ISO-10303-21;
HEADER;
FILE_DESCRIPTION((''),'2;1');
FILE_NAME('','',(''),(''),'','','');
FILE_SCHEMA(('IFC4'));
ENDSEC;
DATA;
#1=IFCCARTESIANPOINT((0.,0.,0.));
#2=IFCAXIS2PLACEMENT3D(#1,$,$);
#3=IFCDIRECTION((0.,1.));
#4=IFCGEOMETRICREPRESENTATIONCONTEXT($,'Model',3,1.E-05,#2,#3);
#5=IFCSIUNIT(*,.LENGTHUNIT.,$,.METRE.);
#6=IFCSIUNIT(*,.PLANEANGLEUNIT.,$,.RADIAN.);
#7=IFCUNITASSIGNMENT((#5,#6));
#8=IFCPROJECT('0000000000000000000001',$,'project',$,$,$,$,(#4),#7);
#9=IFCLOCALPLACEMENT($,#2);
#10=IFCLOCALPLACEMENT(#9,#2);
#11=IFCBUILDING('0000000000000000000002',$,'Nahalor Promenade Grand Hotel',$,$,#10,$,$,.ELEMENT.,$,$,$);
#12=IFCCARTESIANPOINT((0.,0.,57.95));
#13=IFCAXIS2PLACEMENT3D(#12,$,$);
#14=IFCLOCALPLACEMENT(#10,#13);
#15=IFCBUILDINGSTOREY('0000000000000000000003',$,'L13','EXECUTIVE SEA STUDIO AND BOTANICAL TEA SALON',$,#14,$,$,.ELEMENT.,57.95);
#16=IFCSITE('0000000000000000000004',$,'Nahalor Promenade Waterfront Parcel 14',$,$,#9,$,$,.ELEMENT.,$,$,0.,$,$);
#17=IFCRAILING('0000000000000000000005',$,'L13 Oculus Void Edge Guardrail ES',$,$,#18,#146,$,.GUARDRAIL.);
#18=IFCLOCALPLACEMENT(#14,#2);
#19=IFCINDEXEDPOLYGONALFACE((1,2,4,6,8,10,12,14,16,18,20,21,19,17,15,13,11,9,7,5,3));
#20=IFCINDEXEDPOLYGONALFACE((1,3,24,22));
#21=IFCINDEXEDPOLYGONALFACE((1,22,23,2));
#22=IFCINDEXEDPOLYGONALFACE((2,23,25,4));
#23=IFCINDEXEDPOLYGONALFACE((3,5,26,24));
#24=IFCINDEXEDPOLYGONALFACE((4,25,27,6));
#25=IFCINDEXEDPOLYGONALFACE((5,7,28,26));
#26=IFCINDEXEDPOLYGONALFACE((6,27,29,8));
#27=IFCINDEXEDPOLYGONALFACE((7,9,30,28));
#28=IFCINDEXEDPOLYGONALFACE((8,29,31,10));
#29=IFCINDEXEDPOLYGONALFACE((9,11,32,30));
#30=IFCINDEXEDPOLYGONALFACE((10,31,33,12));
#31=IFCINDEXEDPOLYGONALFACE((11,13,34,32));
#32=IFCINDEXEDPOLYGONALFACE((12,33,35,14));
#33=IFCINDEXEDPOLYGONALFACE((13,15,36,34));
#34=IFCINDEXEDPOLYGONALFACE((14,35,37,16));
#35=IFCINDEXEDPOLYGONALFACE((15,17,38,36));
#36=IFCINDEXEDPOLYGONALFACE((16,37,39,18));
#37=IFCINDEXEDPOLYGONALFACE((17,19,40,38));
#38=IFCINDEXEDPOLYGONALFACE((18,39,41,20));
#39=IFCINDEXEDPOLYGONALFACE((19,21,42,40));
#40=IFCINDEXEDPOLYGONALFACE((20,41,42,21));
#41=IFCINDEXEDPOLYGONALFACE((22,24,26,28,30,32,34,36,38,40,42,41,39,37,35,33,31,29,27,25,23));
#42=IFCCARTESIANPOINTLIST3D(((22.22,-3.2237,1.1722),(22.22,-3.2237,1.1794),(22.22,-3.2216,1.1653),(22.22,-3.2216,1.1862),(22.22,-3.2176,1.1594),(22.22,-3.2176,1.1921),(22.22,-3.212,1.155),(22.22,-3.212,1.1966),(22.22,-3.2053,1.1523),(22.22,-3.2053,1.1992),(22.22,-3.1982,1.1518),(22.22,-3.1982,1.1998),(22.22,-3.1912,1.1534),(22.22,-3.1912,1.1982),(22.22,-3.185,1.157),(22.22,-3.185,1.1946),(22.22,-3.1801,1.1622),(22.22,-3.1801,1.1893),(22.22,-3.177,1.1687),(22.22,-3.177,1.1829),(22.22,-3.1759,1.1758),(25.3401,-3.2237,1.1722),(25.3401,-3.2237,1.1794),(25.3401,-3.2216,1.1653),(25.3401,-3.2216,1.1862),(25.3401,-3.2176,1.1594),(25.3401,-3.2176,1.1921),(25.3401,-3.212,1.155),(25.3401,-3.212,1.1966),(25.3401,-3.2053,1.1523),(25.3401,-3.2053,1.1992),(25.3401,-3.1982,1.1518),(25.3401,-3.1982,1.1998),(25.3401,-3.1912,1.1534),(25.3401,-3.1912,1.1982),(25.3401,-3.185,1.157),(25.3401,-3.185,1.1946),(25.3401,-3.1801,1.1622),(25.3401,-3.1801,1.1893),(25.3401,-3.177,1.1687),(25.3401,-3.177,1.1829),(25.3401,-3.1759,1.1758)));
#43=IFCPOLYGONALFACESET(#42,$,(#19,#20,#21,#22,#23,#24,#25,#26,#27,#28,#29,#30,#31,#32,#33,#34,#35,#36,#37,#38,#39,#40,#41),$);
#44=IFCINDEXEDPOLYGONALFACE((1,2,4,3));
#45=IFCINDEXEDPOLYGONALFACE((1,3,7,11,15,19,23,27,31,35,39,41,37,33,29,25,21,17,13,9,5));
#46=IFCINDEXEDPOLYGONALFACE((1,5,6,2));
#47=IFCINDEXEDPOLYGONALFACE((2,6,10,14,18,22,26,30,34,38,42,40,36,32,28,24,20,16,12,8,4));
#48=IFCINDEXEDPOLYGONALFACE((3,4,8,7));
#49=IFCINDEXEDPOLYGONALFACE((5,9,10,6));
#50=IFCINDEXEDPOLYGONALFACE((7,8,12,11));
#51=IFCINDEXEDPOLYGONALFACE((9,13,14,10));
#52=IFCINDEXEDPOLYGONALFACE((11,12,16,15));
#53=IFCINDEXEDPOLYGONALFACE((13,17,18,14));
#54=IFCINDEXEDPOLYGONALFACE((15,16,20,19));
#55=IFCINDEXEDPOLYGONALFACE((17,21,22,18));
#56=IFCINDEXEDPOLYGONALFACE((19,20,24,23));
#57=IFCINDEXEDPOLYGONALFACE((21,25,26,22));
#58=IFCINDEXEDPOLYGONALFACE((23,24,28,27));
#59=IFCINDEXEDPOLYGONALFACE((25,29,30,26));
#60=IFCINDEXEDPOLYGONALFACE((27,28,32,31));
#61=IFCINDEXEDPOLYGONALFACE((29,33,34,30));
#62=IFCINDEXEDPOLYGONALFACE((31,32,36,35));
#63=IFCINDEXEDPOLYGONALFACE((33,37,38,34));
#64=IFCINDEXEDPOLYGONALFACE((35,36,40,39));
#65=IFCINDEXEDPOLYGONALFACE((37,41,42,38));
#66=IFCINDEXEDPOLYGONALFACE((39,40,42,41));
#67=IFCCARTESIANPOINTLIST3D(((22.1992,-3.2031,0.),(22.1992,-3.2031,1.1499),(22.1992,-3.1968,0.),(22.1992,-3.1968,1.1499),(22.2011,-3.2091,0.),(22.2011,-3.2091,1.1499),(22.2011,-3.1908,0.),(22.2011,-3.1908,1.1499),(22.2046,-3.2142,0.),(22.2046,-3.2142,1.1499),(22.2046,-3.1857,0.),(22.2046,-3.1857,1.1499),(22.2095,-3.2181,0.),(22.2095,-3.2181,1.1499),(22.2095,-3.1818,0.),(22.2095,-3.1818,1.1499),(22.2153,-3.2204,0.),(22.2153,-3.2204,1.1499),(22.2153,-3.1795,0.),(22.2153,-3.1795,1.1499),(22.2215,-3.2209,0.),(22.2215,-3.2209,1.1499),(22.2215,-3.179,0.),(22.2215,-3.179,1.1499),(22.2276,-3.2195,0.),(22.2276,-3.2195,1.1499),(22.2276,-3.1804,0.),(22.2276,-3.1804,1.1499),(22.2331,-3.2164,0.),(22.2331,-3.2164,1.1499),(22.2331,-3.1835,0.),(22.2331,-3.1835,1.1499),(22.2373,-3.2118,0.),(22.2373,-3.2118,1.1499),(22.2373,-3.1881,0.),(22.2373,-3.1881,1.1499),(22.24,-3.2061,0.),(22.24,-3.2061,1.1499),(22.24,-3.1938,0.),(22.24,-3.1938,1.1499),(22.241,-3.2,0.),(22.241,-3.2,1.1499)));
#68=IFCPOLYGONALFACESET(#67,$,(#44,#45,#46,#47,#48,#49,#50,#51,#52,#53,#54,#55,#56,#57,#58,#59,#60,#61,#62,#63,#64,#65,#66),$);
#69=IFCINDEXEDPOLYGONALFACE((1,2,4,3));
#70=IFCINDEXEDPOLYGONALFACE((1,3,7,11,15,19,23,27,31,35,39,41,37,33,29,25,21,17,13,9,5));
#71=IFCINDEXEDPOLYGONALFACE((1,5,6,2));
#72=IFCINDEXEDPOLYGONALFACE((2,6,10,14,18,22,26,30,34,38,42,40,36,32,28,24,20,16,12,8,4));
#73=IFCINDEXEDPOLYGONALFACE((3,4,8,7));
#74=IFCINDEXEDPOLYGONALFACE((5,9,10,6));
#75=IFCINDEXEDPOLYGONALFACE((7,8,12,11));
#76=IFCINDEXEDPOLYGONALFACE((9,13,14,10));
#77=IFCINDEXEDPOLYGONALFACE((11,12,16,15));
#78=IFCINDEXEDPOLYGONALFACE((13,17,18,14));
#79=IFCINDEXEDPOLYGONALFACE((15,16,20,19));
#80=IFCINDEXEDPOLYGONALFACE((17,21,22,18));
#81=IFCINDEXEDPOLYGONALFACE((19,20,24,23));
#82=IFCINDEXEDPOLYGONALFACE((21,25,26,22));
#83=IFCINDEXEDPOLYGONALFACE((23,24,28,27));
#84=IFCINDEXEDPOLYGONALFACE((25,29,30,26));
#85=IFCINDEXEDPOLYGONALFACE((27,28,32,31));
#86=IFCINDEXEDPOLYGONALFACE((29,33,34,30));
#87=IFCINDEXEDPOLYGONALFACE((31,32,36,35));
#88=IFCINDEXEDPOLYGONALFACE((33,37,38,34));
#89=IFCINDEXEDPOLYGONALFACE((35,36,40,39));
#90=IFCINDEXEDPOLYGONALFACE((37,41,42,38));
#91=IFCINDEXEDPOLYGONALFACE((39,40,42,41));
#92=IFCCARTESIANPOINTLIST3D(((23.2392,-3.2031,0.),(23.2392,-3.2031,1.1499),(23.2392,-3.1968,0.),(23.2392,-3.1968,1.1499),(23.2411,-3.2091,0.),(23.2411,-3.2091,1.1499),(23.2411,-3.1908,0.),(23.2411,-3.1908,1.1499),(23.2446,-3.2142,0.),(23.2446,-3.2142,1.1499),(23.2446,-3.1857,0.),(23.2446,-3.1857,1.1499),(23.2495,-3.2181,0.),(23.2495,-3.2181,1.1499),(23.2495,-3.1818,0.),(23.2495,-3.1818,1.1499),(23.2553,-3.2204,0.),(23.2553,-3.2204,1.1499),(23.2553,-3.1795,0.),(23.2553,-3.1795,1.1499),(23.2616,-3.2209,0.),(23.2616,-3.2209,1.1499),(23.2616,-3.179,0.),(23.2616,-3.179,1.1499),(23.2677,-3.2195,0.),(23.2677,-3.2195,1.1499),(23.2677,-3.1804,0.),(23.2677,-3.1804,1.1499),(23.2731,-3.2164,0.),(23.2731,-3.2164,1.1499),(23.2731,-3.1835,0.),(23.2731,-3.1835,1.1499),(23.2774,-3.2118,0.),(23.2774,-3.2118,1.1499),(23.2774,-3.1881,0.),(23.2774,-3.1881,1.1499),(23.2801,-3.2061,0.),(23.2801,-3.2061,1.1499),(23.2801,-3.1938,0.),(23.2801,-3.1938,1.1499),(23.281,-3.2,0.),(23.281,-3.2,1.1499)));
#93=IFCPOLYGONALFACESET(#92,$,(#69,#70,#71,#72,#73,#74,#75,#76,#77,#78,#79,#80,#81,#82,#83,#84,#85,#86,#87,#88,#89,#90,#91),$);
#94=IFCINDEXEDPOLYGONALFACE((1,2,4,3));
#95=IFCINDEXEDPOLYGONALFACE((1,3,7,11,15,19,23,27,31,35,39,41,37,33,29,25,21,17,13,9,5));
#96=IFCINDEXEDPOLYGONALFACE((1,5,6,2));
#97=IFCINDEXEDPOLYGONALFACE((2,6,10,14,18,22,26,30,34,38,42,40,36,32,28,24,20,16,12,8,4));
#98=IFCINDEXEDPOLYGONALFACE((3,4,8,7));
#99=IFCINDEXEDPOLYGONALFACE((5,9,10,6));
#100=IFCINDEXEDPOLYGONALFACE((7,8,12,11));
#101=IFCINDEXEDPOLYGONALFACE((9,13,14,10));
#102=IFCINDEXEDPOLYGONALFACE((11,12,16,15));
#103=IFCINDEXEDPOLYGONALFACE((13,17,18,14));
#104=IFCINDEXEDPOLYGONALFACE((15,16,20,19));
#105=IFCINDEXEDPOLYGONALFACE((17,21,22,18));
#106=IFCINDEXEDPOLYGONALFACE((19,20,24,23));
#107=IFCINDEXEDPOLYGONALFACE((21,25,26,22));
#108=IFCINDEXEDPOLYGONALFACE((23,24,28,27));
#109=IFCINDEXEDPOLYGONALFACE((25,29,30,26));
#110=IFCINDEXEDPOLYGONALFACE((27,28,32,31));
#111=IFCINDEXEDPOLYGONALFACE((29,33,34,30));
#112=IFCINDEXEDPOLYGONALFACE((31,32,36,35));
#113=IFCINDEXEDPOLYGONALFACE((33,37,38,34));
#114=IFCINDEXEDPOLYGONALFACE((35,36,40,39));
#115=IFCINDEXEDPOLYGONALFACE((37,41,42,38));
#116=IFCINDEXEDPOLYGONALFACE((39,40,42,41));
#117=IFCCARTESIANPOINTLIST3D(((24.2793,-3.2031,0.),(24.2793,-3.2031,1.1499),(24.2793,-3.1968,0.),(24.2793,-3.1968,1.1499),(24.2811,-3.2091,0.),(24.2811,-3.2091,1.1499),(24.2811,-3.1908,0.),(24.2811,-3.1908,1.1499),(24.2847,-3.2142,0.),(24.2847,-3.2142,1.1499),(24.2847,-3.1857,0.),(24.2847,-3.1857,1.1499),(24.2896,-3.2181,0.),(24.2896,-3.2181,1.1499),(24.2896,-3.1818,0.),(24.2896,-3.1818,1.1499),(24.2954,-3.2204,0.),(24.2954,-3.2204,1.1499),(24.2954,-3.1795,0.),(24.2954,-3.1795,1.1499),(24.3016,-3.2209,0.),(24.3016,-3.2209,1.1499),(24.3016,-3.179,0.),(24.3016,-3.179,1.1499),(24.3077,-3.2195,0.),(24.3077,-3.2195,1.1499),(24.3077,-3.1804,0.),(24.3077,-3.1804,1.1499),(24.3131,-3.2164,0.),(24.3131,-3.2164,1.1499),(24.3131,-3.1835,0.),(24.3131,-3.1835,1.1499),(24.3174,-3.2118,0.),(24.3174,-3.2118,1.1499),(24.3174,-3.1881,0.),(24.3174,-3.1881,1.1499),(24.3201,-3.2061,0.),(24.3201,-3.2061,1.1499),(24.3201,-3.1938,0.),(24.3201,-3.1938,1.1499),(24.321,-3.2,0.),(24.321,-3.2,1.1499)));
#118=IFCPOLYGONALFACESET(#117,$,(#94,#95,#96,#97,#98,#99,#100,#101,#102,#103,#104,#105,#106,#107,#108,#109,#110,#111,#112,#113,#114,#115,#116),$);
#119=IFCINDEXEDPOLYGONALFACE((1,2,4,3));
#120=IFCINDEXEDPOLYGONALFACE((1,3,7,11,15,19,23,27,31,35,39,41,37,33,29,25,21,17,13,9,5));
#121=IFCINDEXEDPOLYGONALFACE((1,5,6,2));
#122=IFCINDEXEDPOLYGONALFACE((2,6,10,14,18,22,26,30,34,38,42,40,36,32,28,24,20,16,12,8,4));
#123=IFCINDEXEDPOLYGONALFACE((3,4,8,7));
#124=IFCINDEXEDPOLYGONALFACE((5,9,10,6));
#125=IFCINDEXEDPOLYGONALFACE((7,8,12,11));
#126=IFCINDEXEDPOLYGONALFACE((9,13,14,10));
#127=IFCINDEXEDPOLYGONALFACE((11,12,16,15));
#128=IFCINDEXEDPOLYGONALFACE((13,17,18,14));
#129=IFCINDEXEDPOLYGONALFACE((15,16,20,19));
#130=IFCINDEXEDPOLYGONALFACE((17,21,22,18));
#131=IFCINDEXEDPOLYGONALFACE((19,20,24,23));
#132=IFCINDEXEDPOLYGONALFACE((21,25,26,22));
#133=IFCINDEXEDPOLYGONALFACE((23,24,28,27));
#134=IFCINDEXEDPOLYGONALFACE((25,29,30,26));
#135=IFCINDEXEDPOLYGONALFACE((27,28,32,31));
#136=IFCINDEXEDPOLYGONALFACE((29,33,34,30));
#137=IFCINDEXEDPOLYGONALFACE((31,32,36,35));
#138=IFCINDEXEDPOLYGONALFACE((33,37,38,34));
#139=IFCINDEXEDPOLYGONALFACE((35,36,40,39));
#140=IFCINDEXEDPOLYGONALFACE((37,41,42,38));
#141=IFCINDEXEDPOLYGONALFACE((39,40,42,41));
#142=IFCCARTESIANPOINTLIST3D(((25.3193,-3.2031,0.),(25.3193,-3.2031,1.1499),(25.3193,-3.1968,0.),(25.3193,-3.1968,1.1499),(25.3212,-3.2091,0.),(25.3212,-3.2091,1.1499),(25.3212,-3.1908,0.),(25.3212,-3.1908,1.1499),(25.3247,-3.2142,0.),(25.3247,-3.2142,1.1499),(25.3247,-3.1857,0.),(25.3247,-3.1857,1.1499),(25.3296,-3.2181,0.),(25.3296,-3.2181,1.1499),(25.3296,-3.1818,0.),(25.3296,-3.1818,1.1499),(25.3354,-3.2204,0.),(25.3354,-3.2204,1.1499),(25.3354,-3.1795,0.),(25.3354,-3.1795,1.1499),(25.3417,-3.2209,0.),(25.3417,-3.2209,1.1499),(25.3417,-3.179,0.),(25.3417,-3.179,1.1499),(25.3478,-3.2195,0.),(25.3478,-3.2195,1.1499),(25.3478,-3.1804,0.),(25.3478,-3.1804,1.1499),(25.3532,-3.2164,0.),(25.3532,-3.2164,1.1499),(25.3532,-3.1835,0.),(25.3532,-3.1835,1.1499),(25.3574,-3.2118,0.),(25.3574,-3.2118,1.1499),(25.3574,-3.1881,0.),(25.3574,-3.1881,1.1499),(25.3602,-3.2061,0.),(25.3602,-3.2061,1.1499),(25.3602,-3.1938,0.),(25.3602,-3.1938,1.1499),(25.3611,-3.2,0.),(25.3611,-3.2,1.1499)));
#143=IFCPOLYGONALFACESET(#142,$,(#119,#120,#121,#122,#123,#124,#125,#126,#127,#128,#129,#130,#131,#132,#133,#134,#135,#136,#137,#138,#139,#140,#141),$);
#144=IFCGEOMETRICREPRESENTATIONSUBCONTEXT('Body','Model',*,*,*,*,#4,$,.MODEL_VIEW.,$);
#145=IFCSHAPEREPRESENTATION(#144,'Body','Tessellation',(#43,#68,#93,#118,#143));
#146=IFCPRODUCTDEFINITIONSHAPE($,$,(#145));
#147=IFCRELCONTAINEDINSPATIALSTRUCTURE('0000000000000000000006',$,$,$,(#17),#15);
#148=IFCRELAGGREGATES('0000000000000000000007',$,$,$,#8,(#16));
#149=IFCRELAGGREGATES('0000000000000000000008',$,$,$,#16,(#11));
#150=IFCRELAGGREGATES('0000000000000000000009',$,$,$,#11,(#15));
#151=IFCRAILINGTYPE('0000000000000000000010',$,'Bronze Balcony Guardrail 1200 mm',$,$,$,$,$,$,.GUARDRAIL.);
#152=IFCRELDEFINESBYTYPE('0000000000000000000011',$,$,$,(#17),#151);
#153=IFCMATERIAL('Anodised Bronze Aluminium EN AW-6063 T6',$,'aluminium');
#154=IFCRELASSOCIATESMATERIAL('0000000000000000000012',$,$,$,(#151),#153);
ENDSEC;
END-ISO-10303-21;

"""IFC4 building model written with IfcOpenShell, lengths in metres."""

from ifc_helpers import new_model, si_unit, direction, frame, origin, origin_2d, place, context, subcontext, project, spatial, circle, extrude, material, type_object, element, save


model = new_model("IFC4")

# Units and contexts
model_context = context("Model", 3, precision=1e-05, world=origin(), true_north=direction((0.0, 1.0)))
body_context = subcontext(model_context, "Body", "Model", "MODEL_VIEW")
ifc_project = project(units=[si_unit("LENGTHUNIT", "METRE"), si_unit("PLANEANGLEUNIT", "RADIAN")], contexts=[model_context])

# Site, building, storey
site_placement = place(None, origin())
site = spatial("IfcSite", under=ifc_project, at=site_placement, Name="Nahalor Promenade Waterfront Parcel 14", CompositionType="ELEMENT", RefElevation=0.0)
building_placement = place(site_placement, origin())
building = spatial("IfcBuilding", under=site, at=building_placement, Name="Nahalor Promenade Grand Hotel", CompositionType="ELEMENT")
storey_placement = place(building_placement, frame((0.0, 0.0, 57.95)))
storey = spatial("IfcBuildingStorey", under=building, at=storey_placement, Name="L13", Description="EXECUTIVE SEA STUDIO AND BOTANICAL TEA SALON", CompositionType="ELEMENT", Elevation=57.95)

# Shared definitions
ifc_material_1 = material(Name="Anodised Bronze Aluminium EN AW-6063 T6", Category="aluminium")

# Railing
railing_type = type_object("IfcRailingType", Name="Bronze Balcony Guardrail 1200 mm", PredefinedType="GUARDRAIL", material=ifc_material_1)
railing_placement = place(storey_placement, frame((22.22, -3.2, 0.0)))
element("IfcRailing", 1, at=railing_placement, inside=storey, type_object=railing_type, Name="L13 Oculus Void Edge Guardrail ES", PredefinedType="GUARDRAIL", context=body_context, shape_type="SweptSolid", body=[
    extrude(circle(Radius=0.024, at=origin_2d()), frame((0.0, 0.0, 1.1758), z_axis=(1.0, 0.0, 0.0), x_axis=(0.0, 1.0, 0.0)), (0.0, 0.0, 1.0), 3.1201),
    extrude(circle(Radius=0.021, at=origin_2d()), origin(), (0.0, 0.0, 1.0), 1.1499),
    extrude(circle(Radius=0.021, at=origin_2d()), frame((1.04, 0.0, 0.0)), (0.0, 0.0, 1.0), 1.1499),
    extrude(circle(Radius=0.021, at=origin_2d()), frame((2.0801, 0.0, 0.0)), (0.0, 0.0, 1.0), 1.1499),
    extrude(circle(Radius=0.021, at=origin_2d()), frame((3.1201, 0.0, 0.0)), (0.0, 0.0, 1.0), 1.1499),
])

save(model, "model.ifc")
